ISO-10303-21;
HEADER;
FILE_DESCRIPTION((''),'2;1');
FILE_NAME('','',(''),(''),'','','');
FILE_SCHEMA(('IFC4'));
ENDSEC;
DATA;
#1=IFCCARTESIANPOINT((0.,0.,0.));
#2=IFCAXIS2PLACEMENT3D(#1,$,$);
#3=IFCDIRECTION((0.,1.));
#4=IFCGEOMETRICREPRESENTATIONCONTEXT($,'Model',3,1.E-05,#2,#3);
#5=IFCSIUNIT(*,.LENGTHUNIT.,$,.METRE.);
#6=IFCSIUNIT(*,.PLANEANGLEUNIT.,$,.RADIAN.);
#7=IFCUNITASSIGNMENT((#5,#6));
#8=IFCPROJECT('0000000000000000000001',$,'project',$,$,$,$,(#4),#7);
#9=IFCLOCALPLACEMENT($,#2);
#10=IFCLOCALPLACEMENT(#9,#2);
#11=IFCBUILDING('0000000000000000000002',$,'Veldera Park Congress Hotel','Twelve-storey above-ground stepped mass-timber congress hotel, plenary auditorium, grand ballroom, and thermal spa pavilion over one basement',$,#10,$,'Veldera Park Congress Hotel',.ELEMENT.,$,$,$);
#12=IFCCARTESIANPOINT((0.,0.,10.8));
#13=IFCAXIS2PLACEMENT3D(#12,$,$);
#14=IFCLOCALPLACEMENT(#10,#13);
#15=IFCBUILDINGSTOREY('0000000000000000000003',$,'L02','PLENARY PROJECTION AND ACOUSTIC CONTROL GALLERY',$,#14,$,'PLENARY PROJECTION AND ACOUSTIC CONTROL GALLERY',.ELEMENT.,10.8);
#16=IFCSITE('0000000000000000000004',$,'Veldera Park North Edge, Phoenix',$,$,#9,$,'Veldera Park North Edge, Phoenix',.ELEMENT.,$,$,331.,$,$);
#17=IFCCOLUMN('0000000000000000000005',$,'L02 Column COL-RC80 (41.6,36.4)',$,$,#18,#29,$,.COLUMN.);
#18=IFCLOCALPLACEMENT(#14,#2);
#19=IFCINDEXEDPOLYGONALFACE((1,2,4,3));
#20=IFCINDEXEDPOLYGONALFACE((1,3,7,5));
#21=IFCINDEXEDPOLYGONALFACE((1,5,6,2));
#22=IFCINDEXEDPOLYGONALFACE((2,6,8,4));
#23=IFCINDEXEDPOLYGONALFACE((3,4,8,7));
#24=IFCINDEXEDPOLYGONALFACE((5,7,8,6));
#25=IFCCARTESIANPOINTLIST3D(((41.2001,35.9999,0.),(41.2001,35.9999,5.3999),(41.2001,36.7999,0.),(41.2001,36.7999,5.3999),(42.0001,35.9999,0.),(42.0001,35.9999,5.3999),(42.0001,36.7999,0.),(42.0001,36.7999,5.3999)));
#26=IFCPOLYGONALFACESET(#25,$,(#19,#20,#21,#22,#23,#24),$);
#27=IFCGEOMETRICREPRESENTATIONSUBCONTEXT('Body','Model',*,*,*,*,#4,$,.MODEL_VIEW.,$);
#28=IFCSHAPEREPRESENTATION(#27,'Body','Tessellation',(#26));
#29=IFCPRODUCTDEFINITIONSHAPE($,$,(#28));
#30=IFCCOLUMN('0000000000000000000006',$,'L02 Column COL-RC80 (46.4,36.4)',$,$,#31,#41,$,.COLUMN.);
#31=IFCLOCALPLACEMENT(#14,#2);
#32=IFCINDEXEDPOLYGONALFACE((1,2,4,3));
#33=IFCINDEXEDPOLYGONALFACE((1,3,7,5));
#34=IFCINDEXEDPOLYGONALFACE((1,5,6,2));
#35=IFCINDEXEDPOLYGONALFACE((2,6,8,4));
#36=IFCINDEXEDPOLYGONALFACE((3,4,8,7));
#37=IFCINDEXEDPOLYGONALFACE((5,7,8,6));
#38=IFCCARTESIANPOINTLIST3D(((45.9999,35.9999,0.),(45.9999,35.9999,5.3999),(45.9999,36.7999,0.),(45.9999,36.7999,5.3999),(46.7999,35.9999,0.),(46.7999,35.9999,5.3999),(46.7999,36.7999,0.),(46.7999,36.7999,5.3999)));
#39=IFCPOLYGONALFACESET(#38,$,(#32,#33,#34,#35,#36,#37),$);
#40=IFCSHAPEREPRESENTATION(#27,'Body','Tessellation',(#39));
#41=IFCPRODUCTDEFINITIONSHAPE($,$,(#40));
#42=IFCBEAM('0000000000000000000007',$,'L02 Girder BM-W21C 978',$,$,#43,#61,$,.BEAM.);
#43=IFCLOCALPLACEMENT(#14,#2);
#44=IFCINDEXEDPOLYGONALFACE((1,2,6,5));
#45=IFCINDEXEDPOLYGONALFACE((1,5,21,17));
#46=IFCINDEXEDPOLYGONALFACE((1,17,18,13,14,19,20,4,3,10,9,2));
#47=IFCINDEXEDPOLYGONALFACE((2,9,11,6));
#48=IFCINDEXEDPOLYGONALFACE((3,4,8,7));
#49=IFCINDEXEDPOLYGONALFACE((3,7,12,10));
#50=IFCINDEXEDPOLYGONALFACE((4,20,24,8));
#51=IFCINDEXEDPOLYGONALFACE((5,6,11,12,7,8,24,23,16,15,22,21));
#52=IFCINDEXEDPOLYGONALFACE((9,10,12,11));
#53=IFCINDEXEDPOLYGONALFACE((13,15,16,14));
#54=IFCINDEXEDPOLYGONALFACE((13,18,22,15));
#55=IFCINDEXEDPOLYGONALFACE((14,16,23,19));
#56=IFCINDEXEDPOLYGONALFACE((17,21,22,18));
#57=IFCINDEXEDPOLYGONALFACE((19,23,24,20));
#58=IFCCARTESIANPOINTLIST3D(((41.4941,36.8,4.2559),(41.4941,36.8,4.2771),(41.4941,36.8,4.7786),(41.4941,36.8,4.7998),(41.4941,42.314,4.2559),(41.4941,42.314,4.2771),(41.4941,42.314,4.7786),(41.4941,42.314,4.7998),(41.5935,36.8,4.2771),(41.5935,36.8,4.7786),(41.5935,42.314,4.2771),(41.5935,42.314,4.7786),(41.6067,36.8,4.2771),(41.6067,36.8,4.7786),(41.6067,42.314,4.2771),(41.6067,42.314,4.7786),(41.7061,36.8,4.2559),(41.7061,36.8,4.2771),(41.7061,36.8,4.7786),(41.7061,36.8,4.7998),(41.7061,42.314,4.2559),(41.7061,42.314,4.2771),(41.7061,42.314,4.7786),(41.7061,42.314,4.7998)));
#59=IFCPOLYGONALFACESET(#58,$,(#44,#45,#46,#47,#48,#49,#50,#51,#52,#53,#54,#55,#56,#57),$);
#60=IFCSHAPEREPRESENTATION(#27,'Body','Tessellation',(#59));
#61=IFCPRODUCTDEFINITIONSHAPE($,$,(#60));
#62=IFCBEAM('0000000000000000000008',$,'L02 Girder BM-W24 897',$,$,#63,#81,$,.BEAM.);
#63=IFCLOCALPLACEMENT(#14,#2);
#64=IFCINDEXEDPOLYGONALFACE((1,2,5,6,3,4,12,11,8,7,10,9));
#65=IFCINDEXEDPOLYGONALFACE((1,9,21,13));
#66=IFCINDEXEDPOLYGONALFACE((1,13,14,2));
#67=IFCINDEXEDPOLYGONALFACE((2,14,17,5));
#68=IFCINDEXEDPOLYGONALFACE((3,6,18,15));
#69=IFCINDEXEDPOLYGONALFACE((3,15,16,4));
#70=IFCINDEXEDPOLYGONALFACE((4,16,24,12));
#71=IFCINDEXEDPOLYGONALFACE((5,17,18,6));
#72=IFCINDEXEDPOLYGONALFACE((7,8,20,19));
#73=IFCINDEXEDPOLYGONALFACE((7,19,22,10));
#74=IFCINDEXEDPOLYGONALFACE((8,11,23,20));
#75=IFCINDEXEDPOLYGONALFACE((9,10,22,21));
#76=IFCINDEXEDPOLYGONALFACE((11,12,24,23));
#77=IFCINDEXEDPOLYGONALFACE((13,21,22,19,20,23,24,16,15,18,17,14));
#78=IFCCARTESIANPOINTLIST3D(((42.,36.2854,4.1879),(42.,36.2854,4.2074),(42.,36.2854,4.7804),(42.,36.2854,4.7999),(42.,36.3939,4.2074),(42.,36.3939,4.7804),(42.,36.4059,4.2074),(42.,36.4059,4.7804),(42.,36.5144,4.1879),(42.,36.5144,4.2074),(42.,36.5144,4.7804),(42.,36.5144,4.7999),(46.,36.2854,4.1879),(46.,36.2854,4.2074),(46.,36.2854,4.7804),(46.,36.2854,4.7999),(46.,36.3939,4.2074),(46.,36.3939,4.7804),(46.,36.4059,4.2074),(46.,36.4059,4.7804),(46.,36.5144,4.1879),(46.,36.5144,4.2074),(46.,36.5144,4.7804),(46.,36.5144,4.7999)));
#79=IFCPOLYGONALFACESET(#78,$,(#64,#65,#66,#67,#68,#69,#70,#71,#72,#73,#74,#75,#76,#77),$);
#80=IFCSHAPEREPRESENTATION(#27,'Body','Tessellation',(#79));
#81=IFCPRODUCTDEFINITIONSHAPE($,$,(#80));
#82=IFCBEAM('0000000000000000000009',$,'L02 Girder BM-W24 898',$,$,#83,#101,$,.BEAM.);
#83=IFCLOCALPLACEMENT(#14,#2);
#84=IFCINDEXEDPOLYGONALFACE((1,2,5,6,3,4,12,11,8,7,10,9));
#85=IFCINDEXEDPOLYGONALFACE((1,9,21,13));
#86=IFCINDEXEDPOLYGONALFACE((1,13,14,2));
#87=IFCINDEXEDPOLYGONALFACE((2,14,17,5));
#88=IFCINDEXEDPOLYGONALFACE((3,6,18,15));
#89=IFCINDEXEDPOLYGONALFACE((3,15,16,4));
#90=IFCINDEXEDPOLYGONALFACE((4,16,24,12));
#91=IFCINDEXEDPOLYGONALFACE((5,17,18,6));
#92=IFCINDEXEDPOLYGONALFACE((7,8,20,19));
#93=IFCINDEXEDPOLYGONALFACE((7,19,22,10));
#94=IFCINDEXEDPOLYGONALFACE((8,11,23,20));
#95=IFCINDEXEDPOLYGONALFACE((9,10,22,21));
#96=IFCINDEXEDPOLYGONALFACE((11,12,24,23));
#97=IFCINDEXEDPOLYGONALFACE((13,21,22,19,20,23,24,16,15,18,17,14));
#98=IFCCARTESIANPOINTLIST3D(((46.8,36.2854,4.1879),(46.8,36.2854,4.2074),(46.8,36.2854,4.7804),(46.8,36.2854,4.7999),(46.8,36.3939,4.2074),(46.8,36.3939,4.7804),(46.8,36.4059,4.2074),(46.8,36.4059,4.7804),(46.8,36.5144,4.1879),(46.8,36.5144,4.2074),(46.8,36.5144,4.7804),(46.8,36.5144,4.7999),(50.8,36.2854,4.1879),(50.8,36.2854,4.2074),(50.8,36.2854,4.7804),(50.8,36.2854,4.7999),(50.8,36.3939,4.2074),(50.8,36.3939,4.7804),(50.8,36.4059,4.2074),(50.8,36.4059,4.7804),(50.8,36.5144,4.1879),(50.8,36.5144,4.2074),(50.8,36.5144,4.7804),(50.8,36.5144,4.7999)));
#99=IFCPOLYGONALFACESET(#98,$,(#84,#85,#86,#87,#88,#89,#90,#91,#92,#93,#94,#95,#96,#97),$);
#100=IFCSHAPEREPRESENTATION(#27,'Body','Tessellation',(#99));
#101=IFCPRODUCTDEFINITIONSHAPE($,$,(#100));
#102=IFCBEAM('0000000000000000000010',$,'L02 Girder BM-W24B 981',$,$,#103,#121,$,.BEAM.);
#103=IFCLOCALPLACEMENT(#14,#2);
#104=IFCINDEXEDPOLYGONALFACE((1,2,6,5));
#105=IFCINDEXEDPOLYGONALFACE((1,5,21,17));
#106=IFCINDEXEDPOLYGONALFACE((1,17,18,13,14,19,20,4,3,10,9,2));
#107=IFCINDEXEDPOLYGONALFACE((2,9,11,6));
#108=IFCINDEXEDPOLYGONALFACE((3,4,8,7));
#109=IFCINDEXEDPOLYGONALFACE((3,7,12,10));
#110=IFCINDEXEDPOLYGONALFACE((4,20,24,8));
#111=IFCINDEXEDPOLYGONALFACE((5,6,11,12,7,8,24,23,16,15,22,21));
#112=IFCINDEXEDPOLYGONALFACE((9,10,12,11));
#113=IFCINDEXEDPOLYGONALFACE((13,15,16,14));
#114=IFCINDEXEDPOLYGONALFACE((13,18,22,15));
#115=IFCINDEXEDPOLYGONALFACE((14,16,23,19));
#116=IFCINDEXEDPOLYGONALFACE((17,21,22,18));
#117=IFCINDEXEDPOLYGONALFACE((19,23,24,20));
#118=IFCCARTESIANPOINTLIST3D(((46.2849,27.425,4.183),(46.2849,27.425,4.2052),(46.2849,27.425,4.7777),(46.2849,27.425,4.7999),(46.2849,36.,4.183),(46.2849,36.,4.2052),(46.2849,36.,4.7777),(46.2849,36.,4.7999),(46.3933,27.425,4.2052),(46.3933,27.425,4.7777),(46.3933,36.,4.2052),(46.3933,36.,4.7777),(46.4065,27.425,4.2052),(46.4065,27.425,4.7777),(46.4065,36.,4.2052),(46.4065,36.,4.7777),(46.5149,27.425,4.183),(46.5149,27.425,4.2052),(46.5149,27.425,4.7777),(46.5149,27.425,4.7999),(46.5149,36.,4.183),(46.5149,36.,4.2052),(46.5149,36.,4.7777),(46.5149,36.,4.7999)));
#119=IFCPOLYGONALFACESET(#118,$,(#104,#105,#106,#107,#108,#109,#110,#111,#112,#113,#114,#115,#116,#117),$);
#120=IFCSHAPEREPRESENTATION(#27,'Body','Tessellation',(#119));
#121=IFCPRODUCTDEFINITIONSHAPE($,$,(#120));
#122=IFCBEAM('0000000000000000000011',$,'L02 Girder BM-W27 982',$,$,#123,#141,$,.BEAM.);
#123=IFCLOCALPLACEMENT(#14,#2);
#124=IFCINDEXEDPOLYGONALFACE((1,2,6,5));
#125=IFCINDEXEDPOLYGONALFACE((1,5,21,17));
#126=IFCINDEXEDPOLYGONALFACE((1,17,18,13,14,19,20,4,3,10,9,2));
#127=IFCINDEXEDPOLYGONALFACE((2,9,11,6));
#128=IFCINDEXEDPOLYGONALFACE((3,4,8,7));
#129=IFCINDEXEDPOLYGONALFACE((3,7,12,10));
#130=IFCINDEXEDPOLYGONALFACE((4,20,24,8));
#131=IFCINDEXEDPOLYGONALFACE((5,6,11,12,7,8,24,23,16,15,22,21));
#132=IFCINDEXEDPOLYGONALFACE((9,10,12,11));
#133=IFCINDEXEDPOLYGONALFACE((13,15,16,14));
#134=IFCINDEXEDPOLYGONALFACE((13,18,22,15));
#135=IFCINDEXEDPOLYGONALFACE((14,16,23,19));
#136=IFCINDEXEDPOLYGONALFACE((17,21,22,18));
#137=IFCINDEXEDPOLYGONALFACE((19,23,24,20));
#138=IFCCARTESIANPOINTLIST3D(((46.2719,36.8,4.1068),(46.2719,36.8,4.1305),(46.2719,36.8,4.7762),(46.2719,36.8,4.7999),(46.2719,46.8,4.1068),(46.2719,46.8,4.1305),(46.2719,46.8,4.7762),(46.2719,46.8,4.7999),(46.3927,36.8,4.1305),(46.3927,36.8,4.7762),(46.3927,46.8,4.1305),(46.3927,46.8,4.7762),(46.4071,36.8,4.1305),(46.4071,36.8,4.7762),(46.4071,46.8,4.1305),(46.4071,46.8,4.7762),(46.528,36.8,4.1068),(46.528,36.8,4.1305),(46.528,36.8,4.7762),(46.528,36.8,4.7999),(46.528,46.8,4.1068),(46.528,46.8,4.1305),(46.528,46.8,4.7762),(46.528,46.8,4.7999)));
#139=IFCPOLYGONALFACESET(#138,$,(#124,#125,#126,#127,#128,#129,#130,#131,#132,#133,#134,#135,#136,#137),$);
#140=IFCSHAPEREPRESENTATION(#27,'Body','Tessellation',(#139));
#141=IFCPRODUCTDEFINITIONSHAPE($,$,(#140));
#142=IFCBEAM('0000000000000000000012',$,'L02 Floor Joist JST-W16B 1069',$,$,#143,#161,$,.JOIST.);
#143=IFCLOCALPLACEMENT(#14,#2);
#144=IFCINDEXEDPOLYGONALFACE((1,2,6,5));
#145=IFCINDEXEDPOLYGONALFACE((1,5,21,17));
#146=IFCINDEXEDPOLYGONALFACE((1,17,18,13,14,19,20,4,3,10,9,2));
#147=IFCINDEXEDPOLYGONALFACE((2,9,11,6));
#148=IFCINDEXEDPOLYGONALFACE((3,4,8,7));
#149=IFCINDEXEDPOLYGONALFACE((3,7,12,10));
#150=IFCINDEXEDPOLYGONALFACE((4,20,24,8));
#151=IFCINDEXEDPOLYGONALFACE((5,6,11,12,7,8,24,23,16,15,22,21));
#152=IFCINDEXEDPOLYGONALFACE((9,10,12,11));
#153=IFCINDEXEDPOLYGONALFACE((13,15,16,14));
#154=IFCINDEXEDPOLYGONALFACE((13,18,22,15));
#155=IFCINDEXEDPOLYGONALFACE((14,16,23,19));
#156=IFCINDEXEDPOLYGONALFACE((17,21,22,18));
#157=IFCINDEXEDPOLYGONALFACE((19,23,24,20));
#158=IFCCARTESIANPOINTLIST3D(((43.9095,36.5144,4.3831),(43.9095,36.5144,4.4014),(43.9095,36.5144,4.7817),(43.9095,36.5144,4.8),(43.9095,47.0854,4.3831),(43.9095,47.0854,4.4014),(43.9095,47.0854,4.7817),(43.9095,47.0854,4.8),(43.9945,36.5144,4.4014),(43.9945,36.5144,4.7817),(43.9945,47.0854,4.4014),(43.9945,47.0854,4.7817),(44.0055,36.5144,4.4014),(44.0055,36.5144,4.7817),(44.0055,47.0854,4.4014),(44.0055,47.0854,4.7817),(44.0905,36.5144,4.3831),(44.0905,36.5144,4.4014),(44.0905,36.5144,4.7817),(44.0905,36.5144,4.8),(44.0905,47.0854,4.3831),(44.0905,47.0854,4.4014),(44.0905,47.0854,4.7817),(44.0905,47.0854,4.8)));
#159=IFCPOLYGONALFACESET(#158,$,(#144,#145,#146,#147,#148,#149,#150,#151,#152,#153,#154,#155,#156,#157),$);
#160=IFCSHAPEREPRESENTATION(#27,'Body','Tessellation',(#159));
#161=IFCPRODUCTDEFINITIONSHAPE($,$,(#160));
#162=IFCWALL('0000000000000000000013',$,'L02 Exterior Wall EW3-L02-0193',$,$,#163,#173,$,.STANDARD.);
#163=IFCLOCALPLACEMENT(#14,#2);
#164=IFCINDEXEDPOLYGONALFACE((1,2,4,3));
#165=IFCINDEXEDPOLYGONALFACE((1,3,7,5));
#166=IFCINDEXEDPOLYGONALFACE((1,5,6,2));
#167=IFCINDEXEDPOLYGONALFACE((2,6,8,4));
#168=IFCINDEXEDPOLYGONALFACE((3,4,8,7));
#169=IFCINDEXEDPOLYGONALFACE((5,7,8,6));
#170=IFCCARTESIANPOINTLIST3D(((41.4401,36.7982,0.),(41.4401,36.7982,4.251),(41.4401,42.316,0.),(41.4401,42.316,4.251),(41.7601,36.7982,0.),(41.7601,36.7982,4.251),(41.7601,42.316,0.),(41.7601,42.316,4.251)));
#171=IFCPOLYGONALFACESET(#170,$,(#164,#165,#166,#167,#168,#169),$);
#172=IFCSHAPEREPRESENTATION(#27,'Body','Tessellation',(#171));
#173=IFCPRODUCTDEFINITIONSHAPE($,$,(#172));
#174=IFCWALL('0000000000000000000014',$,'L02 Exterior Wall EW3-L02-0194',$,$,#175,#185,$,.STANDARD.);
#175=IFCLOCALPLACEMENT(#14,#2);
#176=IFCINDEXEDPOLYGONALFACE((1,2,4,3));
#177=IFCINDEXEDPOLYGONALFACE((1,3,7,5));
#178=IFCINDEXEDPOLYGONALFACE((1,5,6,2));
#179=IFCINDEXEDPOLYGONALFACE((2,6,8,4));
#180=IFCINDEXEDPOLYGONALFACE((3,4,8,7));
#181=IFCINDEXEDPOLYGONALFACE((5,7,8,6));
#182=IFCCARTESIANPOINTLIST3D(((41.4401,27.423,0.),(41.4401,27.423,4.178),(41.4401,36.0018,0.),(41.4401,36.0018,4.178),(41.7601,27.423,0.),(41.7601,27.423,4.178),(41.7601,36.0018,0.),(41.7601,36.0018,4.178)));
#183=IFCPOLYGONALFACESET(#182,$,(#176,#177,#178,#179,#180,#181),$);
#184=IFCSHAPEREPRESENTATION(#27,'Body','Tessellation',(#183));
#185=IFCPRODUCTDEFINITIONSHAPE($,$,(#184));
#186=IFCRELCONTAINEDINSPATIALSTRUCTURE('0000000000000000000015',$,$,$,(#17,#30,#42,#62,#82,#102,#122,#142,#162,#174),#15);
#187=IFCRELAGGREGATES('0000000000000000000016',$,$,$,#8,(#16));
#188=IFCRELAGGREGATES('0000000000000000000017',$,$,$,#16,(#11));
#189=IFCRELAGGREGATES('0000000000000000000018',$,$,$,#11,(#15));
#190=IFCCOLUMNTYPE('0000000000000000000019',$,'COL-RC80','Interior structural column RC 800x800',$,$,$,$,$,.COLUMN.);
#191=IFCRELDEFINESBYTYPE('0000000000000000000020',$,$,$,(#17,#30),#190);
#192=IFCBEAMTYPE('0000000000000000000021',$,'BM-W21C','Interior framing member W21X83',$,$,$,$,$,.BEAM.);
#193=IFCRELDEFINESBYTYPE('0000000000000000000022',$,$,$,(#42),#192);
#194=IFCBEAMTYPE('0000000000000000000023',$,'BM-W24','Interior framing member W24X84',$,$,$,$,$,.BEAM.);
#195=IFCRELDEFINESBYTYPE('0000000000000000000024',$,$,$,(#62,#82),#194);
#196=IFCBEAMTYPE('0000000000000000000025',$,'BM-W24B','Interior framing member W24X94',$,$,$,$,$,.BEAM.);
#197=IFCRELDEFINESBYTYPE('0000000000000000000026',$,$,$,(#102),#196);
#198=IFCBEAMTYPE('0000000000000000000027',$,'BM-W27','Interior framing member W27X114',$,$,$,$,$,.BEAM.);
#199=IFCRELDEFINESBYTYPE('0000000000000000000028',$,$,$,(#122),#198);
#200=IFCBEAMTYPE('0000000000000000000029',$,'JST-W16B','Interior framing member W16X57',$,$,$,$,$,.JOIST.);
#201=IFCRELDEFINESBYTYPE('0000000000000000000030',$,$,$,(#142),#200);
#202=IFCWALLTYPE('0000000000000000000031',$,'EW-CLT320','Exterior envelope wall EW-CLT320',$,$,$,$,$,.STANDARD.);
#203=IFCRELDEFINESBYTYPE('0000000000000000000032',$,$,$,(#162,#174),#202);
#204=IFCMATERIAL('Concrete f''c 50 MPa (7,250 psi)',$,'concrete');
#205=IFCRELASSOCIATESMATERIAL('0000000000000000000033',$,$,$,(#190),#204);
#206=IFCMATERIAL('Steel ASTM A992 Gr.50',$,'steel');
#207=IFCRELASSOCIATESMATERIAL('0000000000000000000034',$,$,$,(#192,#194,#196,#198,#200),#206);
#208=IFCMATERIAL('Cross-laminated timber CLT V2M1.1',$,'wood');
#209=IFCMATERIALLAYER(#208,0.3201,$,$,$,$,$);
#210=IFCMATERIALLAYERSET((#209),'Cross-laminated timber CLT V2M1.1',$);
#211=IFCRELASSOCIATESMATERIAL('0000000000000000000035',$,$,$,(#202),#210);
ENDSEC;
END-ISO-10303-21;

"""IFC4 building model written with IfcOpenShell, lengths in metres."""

from ifc_helpers import new_model, si_unit, direction, frame, frame_2d, origin, origin_2d, place, context, subcontext, project, spatial, rectangle, i_section, extrude, material, layer, layer_set, material_profile, profile_set, type_object, element, save


model = new_model("IFC4")

# Units and contexts
model_context = context("Model", 3, precision=1e-05, world=origin(), true_north=direction((0.0, 1.0)))
body_context = subcontext(model_context, "Body", "Model", "MODEL_VIEW")
ifc_project = project(units=[si_unit("LENGTHUNIT", "METRE"), si_unit("PLANEANGLEUNIT", "RADIAN")], contexts=[model_context])

# Site, building, storey
site_placement = place(None, origin())
site = spatial("IfcSite", under=ifc_project, at=site_placement, Name="Veldera Park North Edge, Phoenix", LongName="Veldera Park North Edge, Phoenix", CompositionType="ELEMENT", RefElevation=331.0)
building_placement = place(site_placement, origin())
building = spatial("IfcBuilding", under=site, at=building_placement, Name="Veldera Park Congress Hotel", Description="Twelve-storey above-ground stepped mass-timber congress hotel, plenary auditorium, grand ballroom, and thermal spa pavilion over one basement", LongName="Veldera Park Congress Hotel", CompositionType="ELEMENT")
storey_placement = place(building_placement, frame((0.0, 0.0, 10.8)))
storey = spatial("IfcBuildingStorey", under=building, at=storey_placement, Name="L02", Description="PLENARY PROJECTION AND ACOUSTIC CONTROL GALLERY", LongName="PLENARY PROJECTION AND ACOUSTIC CONTROL GALLERY", CompositionType="ELEMENT", Elevation=10.8)

# Columns
ifc_material_1 = material(Name="Concrete f'c 50 MPa (7,250 psi)", Category="concrete")
ifc_material_profile_1 = material_profile(ifc_material_1, rectangle(XDim=0.8, YDim=0.8, at=origin_2d()), Name="RC 800x800")
ifc_profile_set_1 = profile_set([ifc_material_profile_1], Name="Concrete f'c 50 MPa (7,250 psi)")
column_type = type_object("IfcColumnType", Name="COL-RC80", Description="Interior structural column RC 800x800", PredefinedType="COLUMN", material=ifc_profile_set_1)
for number, where, z_axis, x_axis, name in (
    (1, (41.6001, 36.3999, 0.0), (0.0, 0.0, 1.0), (1.0, 0.0, 0.0), "L02 Column COL-RC80 (41.6,36.4)"),
    (2, (46.3999, 36.3999, 0.0), (0.0, 0.0, 1.0), (1.0, 0.0, 0.0), "L02 Column COL-RC80 (46.4,36.4)"),
):
    element("IfcColumn", number, at=place(storey_placement, frame(where, z_axis=z_axis, x_axis=x_axis)), inside=storey, type_object=column_type, Name=name, PredefinedType="COLUMN", context=body_context, shape_type="SweptSolid", body=[
        extrude(rectangle(XDim=0.8, YDim=0.8, at=origin_2d()), origin(), (0.0, 0.0, 1.0), 5.3999),
    ])

# Beams
ifc_material_2 = material(Name="Steel ASTM A992 Gr.50", Category="steel")
ifc_material_profile_2 = material_profile(ifc_material_2, i_section(OverallWidth=0.2119, OverallDepth=0.5439, WebThickness=0.0132, FlangeThickness=0.0212, at=origin_2d()), Name="W21X83")
ifc_profile_set_2 = profile_set([ifc_material_profile_2], Name="Steel ASTM A992 Gr.50")
beam_type_1 = type_object("IfcBeamType", Name="BM-W21C", Description="Interior framing member W21X83", PredefinedType="BEAM", material=ifc_profile_set_2)
beam_1_placement = place(storey_placement, frame((41.6001, 36.8, 4.5278), z_axis=(0.0, 1.0, 0.0), x_axis=(-1.0, 0.0, 0.0)))
element("IfcBeam", 3, at=beam_1_placement, inside=storey, type_object=beam_type_1, Name="L02 Girder BM-W21C 978", PredefinedType="BEAM", context=body_context, shape_type="SweptSolid", body=[
    extrude(i_section(OverallWidth=0.2119, OverallDepth=0.5439, WebThickness=0.0132, FlangeThickness=0.0212, at=origin_2d()), origin(), (0.0, 0.0, 1.0), 5.5139),
])
ifc_material_profile_3 = material_profile(ifc_material_2, i_section(OverallWidth=0.229, OverallDepth=0.6121, WebThickness=0.012, FlangeThickness=0.0195, at=origin_2d()), Name="W24X84")
ifc_profile_set_3 = profile_set([ifc_material_profile_3], Name="Steel ASTM A992 Gr.50")
beam_type_2 = type_object("IfcBeamType", Name="BM-W24", Description="Interior framing member W24X84", PredefinedType="BEAM", material=ifc_profile_set_3)
for number, where, z_axis, x_axis, name in (
    (4, (42.0, 36.3999, 4.4939), (1.0, 0.0, 0.0), (0.0, 1.0, 0.0), "L02 Girder BM-W24 897"),
    (5, (46.8, 36.3999, 4.4939), (1.0, 0.0, 0.0), (0.0, 1.0, 0.0), "L02 Girder BM-W24 898"),
):
    element("IfcBeam", number, at=place(storey_placement, frame(where, z_axis=z_axis, x_axis=x_axis)), inside=storey, type_object=beam_type_2, Name=name, PredefinedType="BEAM", context=body_context, shape_type="SweptSolid", body=[
        extrude(i_section(OverallWidth=0.229, OverallDepth=0.6121, WebThickness=0.012, FlangeThickness=0.0195, at=origin_2d()), origin(), (0.0, 0.0, 1.0), 4.0),
    ])
ifc_material_profile_4 = material_profile(ifc_material_2, i_section(OverallWidth=0.23, OverallDepth=0.6169, WebThickness=0.0132, FlangeThickness=0.0222, at=origin_2d()), Name="W24X94")
ifc_profile_set_4 = profile_set([ifc_material_profile_4], Name="Steel ASTM A992 Gr.50")
beam_type_3 = type_object("IfcBeamType", Name="BM-W24B", Description="Interior framing member W24X94", PredefinedType="BEAM", material=ifc_profile_set_4)
beam_2_placement = place(storey_placement, frame((46.3999, 27.425, 4.4915), z_axis=(0.0, 1.0, 0.0), x_axis=(-1.0, 0.0, 0.0)))
element("IfcBeam", 6, at=beam_2_placement, inside=storey, type_object=beam_type_3, Name="L02 Girder BM-W24B 981", PredefinedType="BEAM", context=body_context, shape_type="SweptSolid", body=[
    extrude(i_section(OverallWidth=0.23, OverallDepth=0.6169, WebThickness=0.0132, FlangeThickness=0.0222, at=origin_2d()), origin(), (0.0, 0.0, 1.0), 8.575),
])
ifc_material_profile_5 = material_profile(ifc_material_2, i_section(OverallWidth=0.2561, OverallDepth=0.6931, WebThickness=0.0144, FlangeThickness=0.0237, at=origin_2d()), Name="W27X114")
ifc_profile_set_5 = profile_set([ifc_material_profile_5], Name="Steel ASTM A992 Gr.50")
beam_type_4 = type_object("IfcBeamType", Name="BM-W27", Description="Interior framing member W27X114", PredefinedType="BEAM", material=ifc_profile_set_5)
beam_3_placement = place(storey_placement, frame((46.3999, 36.8, 4.4534), z_axis=(0.0, 1.0, 0.0), x_axis=(-1.0, 0.0, 0.0)))
element("IfcBeam", 7, at=beam_3_placement, inside=storey, type_object=beam_type_4, Name="L02 Girder BM-W27 982", PredefinedType="BEAM", context=body_context, shape_type="SweptSolid", body=[
    extrude(i_section(OverallWidth=0.2561, OverallDepth=0.6931, WebThickness=0.0144, FlangeThickness=0.0237, at=origin_2d()), origin(), (0.0, 0.0, 1.0), 10.0),
])
ifc_material_profile_6 = material_profile(ifc_material_2, i_section(OverallWidth=0.1809, OverallDepth=0.417, WebThickness=0.011, FlangeThickness=0.0183, at=origin_2d()), Name="W16X57")
ifc_profile_set_6 = profile_set([ifc_material_profile_6], Name="Steel ASTM A992 Gr.50")
beam_type_5 = type_object("IfcBeamType", Name="JST-W16B", Description="Interior framing member W16X57", PredefinedType="JOIST", material=ifc_profile_set_6)
beam_4_placement = place(storey_placement, frame((44.0, 36.5144, 4.5916), z_axis=(0.0, 1.0, 0.0), x_axis=(-1.0, 0.0, 0.0)))
element("IfcBeam", 8, at=beam_4_placement, inside=storey, type_object=beam_type_5, Name="L02 Floor Joist JST-W16B 1069", PredefinedType="JOIST", context=body_context, shape_type="SweptSolid", body=[
    extrude(i_section(OverallWidth=0.1809, OverallDepth=0.417, WebThickness=0.011, FlangeThickness=0.0183, at=origin_2d()), origin(), (0.0, 0.0, 1.0), 10.571),
])

# Walls
ifc_material_3 = material(Name="Cross-laminated timber CLT V2M1.1", Category="wood")
ifc_layer_1 = layer(ifc_material_3, 0.3201)
ifc_layer_set_1 = layer_set([ifc_layer_1], Name="Cross-laminated timber CLT V2M1.1")
wall_type_1 = type_object("IfcWallType", Name="EW-CLT320", Description="Exterior envelope wall EW-CLT320", PredefinedType="STANDARD", material=ifc_layer_set_1)
wall_1_placement = place(storey_placement, frame((41.6001, 42.3159, 0.0), z_axis=(0.0, 0.0, 1.0), x_axis=(0.0, -1.0, 0.0)))
element("IfcWall", 9, at=wall_1_placement, inside=storey, type_object=wall_type_1, Name="L02 Exterior Wall EW3-L02-0193", PredefinedType="STANDARD", context=body_context, shape_type="SweptSolid", body=[
    extrude(rectangle(XDim=5.5178, YDim=0.3201, at=frame_2d((2.7588, 0.0))), origin(), (0.0, 0.0, 1.0), 4.251),
])
wall_2_placement = place(storey_placement, frame((41.6001, 36.002, 0.0), z_axis=(0.0, 0.0, 1.0), x_axis=(0.0, -1.0, 0.0)))
element("IfcWall", 10, at=wall_2_placement, inside=storey, type_object=wall_type_1, Name="L02 Exterior Wall EW3-L02-0194", PredefinedType="STANDARD", context=body_context, shape_type="SweptSolid", body=[
    extrude(rectangle(XDim=8.5789, YDim=0.3201, at=frame_2d((4.2896, 0.0))), origin(), (0.0, 0.0, 1.0), 4.178),
])

save(model, "model.ifc")
